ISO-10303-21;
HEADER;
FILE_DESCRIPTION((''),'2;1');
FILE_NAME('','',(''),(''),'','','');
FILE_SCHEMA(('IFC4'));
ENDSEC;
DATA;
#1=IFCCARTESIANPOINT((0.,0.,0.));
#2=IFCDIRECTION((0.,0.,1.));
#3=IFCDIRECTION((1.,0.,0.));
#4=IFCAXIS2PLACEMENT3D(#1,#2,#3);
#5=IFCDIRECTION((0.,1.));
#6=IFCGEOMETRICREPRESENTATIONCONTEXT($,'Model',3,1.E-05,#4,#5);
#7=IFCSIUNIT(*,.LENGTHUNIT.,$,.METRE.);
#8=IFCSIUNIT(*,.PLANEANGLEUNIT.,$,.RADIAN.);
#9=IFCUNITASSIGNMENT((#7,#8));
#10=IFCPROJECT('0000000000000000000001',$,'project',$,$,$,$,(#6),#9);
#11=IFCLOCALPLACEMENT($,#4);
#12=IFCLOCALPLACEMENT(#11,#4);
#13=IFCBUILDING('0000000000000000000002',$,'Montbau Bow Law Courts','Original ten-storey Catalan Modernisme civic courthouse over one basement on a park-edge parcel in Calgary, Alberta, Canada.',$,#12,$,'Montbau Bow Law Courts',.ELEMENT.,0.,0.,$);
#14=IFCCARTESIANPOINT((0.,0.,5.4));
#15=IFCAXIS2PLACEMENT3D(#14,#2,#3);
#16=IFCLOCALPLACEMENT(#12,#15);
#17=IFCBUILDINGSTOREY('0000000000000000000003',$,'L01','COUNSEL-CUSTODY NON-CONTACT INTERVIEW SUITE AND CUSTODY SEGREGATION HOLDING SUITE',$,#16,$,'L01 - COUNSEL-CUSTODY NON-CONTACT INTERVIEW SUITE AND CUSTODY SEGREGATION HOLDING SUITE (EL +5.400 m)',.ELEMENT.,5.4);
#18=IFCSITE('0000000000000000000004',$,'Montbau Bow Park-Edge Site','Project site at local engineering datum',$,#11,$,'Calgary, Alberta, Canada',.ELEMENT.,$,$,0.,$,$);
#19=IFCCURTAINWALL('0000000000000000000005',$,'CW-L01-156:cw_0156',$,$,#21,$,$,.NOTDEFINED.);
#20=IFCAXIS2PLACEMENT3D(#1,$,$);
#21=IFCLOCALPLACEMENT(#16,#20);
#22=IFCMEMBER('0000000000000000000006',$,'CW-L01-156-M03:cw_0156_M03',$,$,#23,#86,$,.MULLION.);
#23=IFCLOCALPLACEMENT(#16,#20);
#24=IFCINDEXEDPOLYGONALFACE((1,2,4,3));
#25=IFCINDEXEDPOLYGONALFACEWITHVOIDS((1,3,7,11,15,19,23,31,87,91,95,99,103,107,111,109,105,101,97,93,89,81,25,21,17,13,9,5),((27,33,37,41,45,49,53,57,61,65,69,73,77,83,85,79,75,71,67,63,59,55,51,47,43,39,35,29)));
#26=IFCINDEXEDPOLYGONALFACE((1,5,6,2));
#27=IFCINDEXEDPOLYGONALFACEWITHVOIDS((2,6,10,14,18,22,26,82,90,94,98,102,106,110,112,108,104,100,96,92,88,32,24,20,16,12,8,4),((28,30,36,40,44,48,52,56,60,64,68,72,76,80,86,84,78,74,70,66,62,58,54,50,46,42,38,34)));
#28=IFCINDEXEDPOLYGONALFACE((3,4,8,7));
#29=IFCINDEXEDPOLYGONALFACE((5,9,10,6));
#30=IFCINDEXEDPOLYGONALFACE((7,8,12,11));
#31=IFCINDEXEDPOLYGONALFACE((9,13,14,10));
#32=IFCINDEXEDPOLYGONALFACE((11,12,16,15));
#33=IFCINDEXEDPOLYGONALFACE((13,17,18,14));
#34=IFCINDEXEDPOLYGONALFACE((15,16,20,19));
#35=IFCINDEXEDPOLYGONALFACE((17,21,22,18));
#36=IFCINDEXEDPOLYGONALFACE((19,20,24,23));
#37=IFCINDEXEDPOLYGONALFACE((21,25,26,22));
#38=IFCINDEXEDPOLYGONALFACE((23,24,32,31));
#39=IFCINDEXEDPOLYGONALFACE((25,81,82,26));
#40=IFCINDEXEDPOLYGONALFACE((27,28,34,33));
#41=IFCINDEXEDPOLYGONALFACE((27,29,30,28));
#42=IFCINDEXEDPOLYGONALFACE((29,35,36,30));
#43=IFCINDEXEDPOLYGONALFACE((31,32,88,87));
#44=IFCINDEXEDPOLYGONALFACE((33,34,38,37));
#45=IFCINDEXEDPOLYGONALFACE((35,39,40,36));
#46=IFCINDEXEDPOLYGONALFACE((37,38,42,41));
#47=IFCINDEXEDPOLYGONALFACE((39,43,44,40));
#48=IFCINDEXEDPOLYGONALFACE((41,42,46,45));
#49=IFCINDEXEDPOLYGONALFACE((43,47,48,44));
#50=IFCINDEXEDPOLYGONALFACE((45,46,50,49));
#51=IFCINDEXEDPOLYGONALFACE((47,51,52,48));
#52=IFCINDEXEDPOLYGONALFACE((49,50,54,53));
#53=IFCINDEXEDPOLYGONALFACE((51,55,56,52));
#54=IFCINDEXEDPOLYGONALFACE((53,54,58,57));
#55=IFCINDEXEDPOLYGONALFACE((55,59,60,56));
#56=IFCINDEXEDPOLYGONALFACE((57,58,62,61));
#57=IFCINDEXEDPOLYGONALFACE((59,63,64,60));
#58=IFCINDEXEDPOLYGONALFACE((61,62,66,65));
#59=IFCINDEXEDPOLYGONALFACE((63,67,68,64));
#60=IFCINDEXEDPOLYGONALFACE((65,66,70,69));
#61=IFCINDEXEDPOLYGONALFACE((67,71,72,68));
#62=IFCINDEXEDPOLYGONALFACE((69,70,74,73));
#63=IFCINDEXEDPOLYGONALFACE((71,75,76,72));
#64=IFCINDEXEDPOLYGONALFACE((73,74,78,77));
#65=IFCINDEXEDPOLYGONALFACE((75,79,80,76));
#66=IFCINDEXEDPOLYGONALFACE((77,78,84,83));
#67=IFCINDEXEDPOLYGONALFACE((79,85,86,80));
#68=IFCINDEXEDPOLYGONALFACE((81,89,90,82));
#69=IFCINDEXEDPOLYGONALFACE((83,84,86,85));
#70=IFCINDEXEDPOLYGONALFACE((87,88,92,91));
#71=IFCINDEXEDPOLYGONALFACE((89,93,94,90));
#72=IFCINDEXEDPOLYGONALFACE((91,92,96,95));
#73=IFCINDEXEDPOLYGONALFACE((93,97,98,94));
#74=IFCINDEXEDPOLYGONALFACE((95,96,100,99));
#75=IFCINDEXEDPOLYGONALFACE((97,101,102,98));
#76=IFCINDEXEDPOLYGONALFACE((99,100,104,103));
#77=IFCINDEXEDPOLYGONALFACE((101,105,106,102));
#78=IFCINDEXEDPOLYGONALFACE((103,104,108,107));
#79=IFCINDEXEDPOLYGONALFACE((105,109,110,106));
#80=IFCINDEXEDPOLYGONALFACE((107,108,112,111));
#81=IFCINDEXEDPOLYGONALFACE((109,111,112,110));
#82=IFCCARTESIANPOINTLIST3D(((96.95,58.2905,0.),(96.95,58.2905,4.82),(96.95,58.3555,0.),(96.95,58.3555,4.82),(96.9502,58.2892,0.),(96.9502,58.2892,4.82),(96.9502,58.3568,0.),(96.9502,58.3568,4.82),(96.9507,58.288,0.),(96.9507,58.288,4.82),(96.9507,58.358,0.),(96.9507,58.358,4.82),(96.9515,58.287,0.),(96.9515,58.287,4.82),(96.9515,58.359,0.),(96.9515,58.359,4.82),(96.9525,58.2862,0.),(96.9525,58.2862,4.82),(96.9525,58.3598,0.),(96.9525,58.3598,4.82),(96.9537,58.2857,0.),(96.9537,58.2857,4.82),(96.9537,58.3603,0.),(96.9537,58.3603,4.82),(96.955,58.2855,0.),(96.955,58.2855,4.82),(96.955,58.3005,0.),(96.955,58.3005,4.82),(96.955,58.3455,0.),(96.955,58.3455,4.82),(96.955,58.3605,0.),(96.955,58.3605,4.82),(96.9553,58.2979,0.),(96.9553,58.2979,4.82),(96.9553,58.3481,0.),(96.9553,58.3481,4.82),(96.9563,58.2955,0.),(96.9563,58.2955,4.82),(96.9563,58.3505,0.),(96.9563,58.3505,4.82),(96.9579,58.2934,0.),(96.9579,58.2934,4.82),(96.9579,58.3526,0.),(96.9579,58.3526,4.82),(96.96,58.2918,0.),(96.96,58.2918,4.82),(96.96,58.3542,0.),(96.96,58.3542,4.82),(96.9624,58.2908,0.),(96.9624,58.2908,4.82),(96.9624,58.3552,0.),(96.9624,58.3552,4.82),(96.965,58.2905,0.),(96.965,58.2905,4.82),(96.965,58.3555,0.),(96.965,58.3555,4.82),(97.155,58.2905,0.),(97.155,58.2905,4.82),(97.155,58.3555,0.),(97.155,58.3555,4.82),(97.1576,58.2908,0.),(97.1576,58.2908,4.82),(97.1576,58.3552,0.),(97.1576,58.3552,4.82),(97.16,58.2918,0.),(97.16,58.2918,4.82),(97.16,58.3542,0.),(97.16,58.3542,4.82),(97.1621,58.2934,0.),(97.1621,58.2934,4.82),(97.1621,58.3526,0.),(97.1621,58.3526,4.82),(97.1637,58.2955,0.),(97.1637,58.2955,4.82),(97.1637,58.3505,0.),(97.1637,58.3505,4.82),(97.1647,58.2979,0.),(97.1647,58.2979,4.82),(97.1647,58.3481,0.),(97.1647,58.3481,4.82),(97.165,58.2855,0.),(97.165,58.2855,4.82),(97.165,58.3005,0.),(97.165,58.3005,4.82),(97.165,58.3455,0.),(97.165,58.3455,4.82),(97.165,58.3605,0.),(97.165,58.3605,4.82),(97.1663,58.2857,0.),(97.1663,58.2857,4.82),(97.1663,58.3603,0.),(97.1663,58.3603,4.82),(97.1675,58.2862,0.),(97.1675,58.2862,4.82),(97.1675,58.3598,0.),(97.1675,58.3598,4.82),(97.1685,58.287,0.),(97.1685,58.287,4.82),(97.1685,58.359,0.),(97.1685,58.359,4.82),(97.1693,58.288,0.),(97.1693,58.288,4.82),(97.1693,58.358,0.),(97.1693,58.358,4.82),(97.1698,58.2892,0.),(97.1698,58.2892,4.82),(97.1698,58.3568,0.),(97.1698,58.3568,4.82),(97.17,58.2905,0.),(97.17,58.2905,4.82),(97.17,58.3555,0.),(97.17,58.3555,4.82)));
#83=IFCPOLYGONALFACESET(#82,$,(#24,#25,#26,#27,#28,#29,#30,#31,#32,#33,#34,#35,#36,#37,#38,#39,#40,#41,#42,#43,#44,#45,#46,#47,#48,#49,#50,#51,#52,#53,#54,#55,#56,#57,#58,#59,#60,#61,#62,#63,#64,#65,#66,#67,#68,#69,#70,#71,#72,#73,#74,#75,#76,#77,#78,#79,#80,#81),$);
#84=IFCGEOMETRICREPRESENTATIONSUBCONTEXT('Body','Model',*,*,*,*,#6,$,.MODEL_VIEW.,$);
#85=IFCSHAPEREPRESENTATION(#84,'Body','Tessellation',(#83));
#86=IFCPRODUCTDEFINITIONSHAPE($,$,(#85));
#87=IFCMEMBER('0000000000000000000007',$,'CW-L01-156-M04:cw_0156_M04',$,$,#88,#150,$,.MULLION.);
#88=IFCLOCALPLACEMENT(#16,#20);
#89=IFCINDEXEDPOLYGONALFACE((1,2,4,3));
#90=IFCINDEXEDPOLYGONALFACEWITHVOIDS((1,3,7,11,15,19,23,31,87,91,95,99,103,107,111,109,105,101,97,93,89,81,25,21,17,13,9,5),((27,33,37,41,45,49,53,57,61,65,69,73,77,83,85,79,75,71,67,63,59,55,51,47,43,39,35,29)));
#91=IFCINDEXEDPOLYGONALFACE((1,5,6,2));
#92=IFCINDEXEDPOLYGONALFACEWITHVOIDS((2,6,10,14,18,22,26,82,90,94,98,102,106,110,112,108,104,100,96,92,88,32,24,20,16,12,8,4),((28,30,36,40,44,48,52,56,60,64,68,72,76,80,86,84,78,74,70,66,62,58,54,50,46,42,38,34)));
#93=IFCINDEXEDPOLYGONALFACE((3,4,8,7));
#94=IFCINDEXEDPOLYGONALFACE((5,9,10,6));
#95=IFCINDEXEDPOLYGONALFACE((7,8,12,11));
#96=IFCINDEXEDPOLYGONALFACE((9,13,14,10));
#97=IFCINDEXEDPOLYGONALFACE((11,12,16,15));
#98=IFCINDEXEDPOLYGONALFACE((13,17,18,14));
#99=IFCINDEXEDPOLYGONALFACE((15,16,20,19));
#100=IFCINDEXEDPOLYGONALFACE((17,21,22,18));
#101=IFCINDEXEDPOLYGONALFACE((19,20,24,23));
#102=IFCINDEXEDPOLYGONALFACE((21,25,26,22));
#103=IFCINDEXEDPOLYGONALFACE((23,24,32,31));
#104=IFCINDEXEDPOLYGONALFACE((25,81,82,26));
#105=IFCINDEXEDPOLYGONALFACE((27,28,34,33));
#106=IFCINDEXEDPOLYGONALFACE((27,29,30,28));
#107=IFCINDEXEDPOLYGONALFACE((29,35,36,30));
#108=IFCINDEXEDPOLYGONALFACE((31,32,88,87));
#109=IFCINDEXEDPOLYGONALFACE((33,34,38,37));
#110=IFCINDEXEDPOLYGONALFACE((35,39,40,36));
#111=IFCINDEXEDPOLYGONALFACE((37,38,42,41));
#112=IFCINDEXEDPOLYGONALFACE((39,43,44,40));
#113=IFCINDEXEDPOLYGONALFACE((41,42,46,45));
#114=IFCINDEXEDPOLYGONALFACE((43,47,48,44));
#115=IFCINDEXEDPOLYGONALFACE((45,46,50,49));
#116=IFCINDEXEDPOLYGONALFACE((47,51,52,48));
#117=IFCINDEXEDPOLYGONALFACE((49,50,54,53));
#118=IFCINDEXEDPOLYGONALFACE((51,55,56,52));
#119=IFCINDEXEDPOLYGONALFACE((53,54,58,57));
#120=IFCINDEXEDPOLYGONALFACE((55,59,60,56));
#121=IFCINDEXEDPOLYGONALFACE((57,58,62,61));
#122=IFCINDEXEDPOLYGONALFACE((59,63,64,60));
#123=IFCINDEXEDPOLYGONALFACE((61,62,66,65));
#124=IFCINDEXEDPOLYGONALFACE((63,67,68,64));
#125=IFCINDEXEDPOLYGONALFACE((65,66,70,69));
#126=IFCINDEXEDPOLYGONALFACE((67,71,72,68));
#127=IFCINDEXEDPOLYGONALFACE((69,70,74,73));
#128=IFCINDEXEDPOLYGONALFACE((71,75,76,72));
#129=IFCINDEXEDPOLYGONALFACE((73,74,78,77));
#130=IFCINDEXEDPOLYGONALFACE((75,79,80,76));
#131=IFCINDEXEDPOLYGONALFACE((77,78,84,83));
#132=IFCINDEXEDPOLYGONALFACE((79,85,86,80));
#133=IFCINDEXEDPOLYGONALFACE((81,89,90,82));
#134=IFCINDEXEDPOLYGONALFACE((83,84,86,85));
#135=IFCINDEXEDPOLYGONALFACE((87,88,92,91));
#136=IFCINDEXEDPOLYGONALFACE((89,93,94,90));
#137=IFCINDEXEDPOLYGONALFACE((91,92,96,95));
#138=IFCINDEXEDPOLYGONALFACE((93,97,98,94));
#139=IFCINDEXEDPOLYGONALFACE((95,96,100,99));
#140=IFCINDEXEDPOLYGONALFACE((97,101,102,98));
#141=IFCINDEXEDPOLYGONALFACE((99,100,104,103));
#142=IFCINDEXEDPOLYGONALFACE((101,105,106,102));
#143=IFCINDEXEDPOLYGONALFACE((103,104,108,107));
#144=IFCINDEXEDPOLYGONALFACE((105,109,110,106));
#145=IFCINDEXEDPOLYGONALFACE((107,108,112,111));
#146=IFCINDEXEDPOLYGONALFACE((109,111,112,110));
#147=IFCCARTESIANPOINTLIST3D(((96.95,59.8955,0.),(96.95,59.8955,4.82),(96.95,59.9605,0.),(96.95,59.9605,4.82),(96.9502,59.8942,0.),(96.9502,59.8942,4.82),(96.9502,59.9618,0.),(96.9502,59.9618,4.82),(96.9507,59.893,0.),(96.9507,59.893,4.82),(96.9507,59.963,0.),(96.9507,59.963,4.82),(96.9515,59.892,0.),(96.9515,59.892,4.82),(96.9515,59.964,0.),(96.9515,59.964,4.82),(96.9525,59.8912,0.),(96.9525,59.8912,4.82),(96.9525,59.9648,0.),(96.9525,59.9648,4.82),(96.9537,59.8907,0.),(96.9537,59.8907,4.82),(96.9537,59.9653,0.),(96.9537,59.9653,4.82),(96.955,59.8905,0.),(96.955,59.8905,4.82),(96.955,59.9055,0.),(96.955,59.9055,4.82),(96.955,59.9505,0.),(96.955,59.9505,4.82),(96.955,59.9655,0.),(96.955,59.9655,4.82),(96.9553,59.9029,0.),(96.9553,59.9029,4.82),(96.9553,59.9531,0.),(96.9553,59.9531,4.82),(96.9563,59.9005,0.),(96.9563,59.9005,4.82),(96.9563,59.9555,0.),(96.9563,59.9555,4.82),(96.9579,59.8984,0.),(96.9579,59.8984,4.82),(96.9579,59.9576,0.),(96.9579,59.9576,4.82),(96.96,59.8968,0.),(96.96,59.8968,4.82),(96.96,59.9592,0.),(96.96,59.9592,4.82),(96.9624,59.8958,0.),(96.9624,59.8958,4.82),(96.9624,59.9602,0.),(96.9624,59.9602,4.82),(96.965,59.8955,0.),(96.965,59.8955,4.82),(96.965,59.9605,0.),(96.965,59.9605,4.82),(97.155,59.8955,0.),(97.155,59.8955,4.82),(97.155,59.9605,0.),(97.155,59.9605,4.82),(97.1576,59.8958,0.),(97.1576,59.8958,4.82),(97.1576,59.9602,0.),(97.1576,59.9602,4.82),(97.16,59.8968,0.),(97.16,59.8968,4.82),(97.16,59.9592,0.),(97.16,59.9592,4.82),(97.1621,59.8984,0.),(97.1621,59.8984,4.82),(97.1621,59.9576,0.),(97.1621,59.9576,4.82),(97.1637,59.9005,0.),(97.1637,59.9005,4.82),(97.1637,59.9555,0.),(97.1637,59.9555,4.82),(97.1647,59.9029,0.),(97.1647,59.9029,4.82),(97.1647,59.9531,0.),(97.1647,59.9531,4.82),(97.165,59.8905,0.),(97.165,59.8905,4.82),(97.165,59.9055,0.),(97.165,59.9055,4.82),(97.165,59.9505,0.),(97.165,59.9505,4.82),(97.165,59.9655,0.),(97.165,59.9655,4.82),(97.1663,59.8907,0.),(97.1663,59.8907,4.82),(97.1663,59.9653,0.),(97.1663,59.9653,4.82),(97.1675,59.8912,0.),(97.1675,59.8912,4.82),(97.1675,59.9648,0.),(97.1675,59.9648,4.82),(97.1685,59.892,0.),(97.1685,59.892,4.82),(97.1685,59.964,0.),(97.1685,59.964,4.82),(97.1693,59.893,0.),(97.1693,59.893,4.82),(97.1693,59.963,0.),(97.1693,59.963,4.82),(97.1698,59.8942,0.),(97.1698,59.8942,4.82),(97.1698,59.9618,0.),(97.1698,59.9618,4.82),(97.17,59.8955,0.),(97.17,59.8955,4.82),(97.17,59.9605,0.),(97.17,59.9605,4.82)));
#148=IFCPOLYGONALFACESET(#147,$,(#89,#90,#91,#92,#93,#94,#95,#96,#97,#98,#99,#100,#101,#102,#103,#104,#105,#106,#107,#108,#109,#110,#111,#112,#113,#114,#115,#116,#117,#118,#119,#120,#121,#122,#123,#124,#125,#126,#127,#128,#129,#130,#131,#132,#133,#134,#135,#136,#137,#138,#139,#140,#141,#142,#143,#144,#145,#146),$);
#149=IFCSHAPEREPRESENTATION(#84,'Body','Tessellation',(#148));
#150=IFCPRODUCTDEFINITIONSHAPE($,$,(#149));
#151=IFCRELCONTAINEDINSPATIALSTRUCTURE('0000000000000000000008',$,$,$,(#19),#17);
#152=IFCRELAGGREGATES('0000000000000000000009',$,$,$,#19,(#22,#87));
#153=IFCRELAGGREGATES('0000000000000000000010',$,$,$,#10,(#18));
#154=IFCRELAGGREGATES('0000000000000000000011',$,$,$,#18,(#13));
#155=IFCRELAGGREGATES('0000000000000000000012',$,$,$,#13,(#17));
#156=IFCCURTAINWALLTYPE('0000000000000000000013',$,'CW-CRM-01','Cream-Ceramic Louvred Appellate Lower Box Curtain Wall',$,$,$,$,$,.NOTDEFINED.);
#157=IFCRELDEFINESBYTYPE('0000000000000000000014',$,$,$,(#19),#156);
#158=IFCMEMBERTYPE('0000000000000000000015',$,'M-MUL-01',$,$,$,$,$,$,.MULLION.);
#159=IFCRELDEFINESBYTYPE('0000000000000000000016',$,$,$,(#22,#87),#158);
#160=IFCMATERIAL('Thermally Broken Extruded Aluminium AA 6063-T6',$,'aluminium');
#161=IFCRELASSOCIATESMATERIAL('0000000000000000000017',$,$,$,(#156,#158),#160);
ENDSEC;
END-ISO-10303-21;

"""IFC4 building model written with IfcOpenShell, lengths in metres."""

from ifc_helpers import new_model, si_unit, direction, frame, origin_with_axes, origin_2d_with_axis, place, context, subcontext, project, spatial, hollow_rectangle, extrude, material, material_profile, profile_set, type_object, element, aggregate, save


model = new_model("IFC4")

# Units and contexts
model_context = context("Model", 3, precision=1e-05, world=origin_with_axes(), true_north=direction((0.0, 1.0)))
body_context = subcontext(model_context, "Body", "Model", "MODEL_VIEW")
ifc_project = project(units=[si_unit("LENGTHUNIT", "METRE"), si_unit("PLANEANGLEUNIT", "RADIAN")], contexts=[model_context])

# Site, building, storey
site_placement = place(None, origin_with_axes())
site = spatial("IfcSite", under=ifc_project, at=site_placement, Name="Montbau Bow Park-Edge Site", Description="Project site at local engineering datum", LongName="Calgary, Alberta, Canada", CompositionType="ELEMENT", RefElevation=0.0)
building_placement = place(site_placement, origin_with_axes())
building = spatial("IfcBuilding", under=site, at=building_placement, Name="Montbau Bow Law Courts", Description="Original ten-storey Catalan Modernisme civic courthouse over one basement on a park-edge parcel in Calgary, Alberta, Canada.", LongName="Montbau Bow Law Courts", CompositionType="ELEMENT", ElevationOfRefHeight=0.0, ElevationOfTerrain=0.0)
storey_placement = place(building_placement, frame((0.0, 0.0, 5.4), z_axis=(0.0, 0.0, 1.0), x_axis=(1.0, 0.0, 0.0)))
storey = spatial("IfcBuildingStorey", under=building, at=storey_placement, Name="L01", Description="COUNSEL-CUSTODY NON-CONTACT INTERVIEW SUITE AND CUSTODY SEGREGATION HOLDING SUITE", LongName="L01 - COUNSEL-CUSTODY NON-CONTACT INTERVIEW SUITE AND CUSTODY SEGREGATION HOLDING SUITE (EL +5.400 m)", CompositionType="ELEMENT", Elevation=5.4)

# Curtain wall, members
ifc_material_1 = material(Name="Thermally Broken Extruded Aluminium AA 6063-T6", Category="aluminium")
curtain_wall_type = type_object("IfcCurtainWallType", Name="CW-CRM-01", Description="Cream-Ceramic Louvred Appellate Lower Box Curtain Wall", PredefinedType="NOTDEFINED", material=ifc_material_1)
curtain_wall_1_placement = place(None, frame((97.06, 55.115, 5.4), z_axis=(0.0, 0.0, 1.0), x_axis=(1.0, 0.0, 0.0)))
curtain_wall_1 = element("IfcCurtainWall", 1, at=curtain_wall_1_placement, inside=storey, type_object=curtain_wall_type, Name="CW-L01-156:cw_0156", PredefinedType="NOTDEFINED")
ifc_material_profile_1 = material_profile(ifc_material_1, hollow_rectangle(XDim=0.075, YDim=0.22, WallThickness=0.005, InnerFilletRadius=0.01, OuterFilletRadius=0.005, at=origin_2d_with_axis()), Name="CWM-220X75", Category="Main", Priority=0)
ifc_profile_set_1 = profile_set([ifc_material_profile_1], Name="Thermally Broken Extruded Aluminium AA 6063-T6")
member_type_1 = type_object("IfcMemberType", Name="M-MUL-01", PredefinedType="MULLION", material=ifc_profile_set_1)
member_1_placement = place(None, frame((97.06, 58.323, 5.4), z_axis=(0.0, 0.0, 1.0), x_axis=(0.0, 1.0, 0.0)))
member_1 = element("IfcMember", 2, at=member_1_placement, type_object=member_type_1, Name="CW-L01-156-M03:cw_0156_M03", PredefinedType="MULLION", context=body_context, shape_type="SweptSolid", body=[
    extrude(hollow_rectangle(XDim=0.075, YDim=0.22, WallThickness=0.005, InnerFilletRadius=0.01, OuterFilletRadius=0.005, at=origin_2d_with_axis()), origin_with_axes(), (0.0, 0.0, 1.0), 4.82),
])
member_2_placement = place(None, frame((97.06, 59.928, 5.4), z_axis=(0.0, 0.0, 1.0), x_axis=(0.0, 1.0, 0.0)))
member_2 = element("IfcMember", 3, at=member_2_placement, type_object=member_type_1, Name="CW-L01-156-M04:cw_0156_M04", PredefinedType="MULLION", context=body_context, shape_type="SweptSolid", body=[
    extrude(hollow_rectangle(XDim=0.075, YDim=0.22, WallThickness=0.005, InnerFilletRadius=0.01, OuterFilletRadius=0.005, at=origin_2d_with_axis()), origin_with_axes(), (0.0, 0.0, 1.0), 4.82),
])

aggregate(curtain_wall_1, [member_1, member_2])

save(model, "model.ifc")
